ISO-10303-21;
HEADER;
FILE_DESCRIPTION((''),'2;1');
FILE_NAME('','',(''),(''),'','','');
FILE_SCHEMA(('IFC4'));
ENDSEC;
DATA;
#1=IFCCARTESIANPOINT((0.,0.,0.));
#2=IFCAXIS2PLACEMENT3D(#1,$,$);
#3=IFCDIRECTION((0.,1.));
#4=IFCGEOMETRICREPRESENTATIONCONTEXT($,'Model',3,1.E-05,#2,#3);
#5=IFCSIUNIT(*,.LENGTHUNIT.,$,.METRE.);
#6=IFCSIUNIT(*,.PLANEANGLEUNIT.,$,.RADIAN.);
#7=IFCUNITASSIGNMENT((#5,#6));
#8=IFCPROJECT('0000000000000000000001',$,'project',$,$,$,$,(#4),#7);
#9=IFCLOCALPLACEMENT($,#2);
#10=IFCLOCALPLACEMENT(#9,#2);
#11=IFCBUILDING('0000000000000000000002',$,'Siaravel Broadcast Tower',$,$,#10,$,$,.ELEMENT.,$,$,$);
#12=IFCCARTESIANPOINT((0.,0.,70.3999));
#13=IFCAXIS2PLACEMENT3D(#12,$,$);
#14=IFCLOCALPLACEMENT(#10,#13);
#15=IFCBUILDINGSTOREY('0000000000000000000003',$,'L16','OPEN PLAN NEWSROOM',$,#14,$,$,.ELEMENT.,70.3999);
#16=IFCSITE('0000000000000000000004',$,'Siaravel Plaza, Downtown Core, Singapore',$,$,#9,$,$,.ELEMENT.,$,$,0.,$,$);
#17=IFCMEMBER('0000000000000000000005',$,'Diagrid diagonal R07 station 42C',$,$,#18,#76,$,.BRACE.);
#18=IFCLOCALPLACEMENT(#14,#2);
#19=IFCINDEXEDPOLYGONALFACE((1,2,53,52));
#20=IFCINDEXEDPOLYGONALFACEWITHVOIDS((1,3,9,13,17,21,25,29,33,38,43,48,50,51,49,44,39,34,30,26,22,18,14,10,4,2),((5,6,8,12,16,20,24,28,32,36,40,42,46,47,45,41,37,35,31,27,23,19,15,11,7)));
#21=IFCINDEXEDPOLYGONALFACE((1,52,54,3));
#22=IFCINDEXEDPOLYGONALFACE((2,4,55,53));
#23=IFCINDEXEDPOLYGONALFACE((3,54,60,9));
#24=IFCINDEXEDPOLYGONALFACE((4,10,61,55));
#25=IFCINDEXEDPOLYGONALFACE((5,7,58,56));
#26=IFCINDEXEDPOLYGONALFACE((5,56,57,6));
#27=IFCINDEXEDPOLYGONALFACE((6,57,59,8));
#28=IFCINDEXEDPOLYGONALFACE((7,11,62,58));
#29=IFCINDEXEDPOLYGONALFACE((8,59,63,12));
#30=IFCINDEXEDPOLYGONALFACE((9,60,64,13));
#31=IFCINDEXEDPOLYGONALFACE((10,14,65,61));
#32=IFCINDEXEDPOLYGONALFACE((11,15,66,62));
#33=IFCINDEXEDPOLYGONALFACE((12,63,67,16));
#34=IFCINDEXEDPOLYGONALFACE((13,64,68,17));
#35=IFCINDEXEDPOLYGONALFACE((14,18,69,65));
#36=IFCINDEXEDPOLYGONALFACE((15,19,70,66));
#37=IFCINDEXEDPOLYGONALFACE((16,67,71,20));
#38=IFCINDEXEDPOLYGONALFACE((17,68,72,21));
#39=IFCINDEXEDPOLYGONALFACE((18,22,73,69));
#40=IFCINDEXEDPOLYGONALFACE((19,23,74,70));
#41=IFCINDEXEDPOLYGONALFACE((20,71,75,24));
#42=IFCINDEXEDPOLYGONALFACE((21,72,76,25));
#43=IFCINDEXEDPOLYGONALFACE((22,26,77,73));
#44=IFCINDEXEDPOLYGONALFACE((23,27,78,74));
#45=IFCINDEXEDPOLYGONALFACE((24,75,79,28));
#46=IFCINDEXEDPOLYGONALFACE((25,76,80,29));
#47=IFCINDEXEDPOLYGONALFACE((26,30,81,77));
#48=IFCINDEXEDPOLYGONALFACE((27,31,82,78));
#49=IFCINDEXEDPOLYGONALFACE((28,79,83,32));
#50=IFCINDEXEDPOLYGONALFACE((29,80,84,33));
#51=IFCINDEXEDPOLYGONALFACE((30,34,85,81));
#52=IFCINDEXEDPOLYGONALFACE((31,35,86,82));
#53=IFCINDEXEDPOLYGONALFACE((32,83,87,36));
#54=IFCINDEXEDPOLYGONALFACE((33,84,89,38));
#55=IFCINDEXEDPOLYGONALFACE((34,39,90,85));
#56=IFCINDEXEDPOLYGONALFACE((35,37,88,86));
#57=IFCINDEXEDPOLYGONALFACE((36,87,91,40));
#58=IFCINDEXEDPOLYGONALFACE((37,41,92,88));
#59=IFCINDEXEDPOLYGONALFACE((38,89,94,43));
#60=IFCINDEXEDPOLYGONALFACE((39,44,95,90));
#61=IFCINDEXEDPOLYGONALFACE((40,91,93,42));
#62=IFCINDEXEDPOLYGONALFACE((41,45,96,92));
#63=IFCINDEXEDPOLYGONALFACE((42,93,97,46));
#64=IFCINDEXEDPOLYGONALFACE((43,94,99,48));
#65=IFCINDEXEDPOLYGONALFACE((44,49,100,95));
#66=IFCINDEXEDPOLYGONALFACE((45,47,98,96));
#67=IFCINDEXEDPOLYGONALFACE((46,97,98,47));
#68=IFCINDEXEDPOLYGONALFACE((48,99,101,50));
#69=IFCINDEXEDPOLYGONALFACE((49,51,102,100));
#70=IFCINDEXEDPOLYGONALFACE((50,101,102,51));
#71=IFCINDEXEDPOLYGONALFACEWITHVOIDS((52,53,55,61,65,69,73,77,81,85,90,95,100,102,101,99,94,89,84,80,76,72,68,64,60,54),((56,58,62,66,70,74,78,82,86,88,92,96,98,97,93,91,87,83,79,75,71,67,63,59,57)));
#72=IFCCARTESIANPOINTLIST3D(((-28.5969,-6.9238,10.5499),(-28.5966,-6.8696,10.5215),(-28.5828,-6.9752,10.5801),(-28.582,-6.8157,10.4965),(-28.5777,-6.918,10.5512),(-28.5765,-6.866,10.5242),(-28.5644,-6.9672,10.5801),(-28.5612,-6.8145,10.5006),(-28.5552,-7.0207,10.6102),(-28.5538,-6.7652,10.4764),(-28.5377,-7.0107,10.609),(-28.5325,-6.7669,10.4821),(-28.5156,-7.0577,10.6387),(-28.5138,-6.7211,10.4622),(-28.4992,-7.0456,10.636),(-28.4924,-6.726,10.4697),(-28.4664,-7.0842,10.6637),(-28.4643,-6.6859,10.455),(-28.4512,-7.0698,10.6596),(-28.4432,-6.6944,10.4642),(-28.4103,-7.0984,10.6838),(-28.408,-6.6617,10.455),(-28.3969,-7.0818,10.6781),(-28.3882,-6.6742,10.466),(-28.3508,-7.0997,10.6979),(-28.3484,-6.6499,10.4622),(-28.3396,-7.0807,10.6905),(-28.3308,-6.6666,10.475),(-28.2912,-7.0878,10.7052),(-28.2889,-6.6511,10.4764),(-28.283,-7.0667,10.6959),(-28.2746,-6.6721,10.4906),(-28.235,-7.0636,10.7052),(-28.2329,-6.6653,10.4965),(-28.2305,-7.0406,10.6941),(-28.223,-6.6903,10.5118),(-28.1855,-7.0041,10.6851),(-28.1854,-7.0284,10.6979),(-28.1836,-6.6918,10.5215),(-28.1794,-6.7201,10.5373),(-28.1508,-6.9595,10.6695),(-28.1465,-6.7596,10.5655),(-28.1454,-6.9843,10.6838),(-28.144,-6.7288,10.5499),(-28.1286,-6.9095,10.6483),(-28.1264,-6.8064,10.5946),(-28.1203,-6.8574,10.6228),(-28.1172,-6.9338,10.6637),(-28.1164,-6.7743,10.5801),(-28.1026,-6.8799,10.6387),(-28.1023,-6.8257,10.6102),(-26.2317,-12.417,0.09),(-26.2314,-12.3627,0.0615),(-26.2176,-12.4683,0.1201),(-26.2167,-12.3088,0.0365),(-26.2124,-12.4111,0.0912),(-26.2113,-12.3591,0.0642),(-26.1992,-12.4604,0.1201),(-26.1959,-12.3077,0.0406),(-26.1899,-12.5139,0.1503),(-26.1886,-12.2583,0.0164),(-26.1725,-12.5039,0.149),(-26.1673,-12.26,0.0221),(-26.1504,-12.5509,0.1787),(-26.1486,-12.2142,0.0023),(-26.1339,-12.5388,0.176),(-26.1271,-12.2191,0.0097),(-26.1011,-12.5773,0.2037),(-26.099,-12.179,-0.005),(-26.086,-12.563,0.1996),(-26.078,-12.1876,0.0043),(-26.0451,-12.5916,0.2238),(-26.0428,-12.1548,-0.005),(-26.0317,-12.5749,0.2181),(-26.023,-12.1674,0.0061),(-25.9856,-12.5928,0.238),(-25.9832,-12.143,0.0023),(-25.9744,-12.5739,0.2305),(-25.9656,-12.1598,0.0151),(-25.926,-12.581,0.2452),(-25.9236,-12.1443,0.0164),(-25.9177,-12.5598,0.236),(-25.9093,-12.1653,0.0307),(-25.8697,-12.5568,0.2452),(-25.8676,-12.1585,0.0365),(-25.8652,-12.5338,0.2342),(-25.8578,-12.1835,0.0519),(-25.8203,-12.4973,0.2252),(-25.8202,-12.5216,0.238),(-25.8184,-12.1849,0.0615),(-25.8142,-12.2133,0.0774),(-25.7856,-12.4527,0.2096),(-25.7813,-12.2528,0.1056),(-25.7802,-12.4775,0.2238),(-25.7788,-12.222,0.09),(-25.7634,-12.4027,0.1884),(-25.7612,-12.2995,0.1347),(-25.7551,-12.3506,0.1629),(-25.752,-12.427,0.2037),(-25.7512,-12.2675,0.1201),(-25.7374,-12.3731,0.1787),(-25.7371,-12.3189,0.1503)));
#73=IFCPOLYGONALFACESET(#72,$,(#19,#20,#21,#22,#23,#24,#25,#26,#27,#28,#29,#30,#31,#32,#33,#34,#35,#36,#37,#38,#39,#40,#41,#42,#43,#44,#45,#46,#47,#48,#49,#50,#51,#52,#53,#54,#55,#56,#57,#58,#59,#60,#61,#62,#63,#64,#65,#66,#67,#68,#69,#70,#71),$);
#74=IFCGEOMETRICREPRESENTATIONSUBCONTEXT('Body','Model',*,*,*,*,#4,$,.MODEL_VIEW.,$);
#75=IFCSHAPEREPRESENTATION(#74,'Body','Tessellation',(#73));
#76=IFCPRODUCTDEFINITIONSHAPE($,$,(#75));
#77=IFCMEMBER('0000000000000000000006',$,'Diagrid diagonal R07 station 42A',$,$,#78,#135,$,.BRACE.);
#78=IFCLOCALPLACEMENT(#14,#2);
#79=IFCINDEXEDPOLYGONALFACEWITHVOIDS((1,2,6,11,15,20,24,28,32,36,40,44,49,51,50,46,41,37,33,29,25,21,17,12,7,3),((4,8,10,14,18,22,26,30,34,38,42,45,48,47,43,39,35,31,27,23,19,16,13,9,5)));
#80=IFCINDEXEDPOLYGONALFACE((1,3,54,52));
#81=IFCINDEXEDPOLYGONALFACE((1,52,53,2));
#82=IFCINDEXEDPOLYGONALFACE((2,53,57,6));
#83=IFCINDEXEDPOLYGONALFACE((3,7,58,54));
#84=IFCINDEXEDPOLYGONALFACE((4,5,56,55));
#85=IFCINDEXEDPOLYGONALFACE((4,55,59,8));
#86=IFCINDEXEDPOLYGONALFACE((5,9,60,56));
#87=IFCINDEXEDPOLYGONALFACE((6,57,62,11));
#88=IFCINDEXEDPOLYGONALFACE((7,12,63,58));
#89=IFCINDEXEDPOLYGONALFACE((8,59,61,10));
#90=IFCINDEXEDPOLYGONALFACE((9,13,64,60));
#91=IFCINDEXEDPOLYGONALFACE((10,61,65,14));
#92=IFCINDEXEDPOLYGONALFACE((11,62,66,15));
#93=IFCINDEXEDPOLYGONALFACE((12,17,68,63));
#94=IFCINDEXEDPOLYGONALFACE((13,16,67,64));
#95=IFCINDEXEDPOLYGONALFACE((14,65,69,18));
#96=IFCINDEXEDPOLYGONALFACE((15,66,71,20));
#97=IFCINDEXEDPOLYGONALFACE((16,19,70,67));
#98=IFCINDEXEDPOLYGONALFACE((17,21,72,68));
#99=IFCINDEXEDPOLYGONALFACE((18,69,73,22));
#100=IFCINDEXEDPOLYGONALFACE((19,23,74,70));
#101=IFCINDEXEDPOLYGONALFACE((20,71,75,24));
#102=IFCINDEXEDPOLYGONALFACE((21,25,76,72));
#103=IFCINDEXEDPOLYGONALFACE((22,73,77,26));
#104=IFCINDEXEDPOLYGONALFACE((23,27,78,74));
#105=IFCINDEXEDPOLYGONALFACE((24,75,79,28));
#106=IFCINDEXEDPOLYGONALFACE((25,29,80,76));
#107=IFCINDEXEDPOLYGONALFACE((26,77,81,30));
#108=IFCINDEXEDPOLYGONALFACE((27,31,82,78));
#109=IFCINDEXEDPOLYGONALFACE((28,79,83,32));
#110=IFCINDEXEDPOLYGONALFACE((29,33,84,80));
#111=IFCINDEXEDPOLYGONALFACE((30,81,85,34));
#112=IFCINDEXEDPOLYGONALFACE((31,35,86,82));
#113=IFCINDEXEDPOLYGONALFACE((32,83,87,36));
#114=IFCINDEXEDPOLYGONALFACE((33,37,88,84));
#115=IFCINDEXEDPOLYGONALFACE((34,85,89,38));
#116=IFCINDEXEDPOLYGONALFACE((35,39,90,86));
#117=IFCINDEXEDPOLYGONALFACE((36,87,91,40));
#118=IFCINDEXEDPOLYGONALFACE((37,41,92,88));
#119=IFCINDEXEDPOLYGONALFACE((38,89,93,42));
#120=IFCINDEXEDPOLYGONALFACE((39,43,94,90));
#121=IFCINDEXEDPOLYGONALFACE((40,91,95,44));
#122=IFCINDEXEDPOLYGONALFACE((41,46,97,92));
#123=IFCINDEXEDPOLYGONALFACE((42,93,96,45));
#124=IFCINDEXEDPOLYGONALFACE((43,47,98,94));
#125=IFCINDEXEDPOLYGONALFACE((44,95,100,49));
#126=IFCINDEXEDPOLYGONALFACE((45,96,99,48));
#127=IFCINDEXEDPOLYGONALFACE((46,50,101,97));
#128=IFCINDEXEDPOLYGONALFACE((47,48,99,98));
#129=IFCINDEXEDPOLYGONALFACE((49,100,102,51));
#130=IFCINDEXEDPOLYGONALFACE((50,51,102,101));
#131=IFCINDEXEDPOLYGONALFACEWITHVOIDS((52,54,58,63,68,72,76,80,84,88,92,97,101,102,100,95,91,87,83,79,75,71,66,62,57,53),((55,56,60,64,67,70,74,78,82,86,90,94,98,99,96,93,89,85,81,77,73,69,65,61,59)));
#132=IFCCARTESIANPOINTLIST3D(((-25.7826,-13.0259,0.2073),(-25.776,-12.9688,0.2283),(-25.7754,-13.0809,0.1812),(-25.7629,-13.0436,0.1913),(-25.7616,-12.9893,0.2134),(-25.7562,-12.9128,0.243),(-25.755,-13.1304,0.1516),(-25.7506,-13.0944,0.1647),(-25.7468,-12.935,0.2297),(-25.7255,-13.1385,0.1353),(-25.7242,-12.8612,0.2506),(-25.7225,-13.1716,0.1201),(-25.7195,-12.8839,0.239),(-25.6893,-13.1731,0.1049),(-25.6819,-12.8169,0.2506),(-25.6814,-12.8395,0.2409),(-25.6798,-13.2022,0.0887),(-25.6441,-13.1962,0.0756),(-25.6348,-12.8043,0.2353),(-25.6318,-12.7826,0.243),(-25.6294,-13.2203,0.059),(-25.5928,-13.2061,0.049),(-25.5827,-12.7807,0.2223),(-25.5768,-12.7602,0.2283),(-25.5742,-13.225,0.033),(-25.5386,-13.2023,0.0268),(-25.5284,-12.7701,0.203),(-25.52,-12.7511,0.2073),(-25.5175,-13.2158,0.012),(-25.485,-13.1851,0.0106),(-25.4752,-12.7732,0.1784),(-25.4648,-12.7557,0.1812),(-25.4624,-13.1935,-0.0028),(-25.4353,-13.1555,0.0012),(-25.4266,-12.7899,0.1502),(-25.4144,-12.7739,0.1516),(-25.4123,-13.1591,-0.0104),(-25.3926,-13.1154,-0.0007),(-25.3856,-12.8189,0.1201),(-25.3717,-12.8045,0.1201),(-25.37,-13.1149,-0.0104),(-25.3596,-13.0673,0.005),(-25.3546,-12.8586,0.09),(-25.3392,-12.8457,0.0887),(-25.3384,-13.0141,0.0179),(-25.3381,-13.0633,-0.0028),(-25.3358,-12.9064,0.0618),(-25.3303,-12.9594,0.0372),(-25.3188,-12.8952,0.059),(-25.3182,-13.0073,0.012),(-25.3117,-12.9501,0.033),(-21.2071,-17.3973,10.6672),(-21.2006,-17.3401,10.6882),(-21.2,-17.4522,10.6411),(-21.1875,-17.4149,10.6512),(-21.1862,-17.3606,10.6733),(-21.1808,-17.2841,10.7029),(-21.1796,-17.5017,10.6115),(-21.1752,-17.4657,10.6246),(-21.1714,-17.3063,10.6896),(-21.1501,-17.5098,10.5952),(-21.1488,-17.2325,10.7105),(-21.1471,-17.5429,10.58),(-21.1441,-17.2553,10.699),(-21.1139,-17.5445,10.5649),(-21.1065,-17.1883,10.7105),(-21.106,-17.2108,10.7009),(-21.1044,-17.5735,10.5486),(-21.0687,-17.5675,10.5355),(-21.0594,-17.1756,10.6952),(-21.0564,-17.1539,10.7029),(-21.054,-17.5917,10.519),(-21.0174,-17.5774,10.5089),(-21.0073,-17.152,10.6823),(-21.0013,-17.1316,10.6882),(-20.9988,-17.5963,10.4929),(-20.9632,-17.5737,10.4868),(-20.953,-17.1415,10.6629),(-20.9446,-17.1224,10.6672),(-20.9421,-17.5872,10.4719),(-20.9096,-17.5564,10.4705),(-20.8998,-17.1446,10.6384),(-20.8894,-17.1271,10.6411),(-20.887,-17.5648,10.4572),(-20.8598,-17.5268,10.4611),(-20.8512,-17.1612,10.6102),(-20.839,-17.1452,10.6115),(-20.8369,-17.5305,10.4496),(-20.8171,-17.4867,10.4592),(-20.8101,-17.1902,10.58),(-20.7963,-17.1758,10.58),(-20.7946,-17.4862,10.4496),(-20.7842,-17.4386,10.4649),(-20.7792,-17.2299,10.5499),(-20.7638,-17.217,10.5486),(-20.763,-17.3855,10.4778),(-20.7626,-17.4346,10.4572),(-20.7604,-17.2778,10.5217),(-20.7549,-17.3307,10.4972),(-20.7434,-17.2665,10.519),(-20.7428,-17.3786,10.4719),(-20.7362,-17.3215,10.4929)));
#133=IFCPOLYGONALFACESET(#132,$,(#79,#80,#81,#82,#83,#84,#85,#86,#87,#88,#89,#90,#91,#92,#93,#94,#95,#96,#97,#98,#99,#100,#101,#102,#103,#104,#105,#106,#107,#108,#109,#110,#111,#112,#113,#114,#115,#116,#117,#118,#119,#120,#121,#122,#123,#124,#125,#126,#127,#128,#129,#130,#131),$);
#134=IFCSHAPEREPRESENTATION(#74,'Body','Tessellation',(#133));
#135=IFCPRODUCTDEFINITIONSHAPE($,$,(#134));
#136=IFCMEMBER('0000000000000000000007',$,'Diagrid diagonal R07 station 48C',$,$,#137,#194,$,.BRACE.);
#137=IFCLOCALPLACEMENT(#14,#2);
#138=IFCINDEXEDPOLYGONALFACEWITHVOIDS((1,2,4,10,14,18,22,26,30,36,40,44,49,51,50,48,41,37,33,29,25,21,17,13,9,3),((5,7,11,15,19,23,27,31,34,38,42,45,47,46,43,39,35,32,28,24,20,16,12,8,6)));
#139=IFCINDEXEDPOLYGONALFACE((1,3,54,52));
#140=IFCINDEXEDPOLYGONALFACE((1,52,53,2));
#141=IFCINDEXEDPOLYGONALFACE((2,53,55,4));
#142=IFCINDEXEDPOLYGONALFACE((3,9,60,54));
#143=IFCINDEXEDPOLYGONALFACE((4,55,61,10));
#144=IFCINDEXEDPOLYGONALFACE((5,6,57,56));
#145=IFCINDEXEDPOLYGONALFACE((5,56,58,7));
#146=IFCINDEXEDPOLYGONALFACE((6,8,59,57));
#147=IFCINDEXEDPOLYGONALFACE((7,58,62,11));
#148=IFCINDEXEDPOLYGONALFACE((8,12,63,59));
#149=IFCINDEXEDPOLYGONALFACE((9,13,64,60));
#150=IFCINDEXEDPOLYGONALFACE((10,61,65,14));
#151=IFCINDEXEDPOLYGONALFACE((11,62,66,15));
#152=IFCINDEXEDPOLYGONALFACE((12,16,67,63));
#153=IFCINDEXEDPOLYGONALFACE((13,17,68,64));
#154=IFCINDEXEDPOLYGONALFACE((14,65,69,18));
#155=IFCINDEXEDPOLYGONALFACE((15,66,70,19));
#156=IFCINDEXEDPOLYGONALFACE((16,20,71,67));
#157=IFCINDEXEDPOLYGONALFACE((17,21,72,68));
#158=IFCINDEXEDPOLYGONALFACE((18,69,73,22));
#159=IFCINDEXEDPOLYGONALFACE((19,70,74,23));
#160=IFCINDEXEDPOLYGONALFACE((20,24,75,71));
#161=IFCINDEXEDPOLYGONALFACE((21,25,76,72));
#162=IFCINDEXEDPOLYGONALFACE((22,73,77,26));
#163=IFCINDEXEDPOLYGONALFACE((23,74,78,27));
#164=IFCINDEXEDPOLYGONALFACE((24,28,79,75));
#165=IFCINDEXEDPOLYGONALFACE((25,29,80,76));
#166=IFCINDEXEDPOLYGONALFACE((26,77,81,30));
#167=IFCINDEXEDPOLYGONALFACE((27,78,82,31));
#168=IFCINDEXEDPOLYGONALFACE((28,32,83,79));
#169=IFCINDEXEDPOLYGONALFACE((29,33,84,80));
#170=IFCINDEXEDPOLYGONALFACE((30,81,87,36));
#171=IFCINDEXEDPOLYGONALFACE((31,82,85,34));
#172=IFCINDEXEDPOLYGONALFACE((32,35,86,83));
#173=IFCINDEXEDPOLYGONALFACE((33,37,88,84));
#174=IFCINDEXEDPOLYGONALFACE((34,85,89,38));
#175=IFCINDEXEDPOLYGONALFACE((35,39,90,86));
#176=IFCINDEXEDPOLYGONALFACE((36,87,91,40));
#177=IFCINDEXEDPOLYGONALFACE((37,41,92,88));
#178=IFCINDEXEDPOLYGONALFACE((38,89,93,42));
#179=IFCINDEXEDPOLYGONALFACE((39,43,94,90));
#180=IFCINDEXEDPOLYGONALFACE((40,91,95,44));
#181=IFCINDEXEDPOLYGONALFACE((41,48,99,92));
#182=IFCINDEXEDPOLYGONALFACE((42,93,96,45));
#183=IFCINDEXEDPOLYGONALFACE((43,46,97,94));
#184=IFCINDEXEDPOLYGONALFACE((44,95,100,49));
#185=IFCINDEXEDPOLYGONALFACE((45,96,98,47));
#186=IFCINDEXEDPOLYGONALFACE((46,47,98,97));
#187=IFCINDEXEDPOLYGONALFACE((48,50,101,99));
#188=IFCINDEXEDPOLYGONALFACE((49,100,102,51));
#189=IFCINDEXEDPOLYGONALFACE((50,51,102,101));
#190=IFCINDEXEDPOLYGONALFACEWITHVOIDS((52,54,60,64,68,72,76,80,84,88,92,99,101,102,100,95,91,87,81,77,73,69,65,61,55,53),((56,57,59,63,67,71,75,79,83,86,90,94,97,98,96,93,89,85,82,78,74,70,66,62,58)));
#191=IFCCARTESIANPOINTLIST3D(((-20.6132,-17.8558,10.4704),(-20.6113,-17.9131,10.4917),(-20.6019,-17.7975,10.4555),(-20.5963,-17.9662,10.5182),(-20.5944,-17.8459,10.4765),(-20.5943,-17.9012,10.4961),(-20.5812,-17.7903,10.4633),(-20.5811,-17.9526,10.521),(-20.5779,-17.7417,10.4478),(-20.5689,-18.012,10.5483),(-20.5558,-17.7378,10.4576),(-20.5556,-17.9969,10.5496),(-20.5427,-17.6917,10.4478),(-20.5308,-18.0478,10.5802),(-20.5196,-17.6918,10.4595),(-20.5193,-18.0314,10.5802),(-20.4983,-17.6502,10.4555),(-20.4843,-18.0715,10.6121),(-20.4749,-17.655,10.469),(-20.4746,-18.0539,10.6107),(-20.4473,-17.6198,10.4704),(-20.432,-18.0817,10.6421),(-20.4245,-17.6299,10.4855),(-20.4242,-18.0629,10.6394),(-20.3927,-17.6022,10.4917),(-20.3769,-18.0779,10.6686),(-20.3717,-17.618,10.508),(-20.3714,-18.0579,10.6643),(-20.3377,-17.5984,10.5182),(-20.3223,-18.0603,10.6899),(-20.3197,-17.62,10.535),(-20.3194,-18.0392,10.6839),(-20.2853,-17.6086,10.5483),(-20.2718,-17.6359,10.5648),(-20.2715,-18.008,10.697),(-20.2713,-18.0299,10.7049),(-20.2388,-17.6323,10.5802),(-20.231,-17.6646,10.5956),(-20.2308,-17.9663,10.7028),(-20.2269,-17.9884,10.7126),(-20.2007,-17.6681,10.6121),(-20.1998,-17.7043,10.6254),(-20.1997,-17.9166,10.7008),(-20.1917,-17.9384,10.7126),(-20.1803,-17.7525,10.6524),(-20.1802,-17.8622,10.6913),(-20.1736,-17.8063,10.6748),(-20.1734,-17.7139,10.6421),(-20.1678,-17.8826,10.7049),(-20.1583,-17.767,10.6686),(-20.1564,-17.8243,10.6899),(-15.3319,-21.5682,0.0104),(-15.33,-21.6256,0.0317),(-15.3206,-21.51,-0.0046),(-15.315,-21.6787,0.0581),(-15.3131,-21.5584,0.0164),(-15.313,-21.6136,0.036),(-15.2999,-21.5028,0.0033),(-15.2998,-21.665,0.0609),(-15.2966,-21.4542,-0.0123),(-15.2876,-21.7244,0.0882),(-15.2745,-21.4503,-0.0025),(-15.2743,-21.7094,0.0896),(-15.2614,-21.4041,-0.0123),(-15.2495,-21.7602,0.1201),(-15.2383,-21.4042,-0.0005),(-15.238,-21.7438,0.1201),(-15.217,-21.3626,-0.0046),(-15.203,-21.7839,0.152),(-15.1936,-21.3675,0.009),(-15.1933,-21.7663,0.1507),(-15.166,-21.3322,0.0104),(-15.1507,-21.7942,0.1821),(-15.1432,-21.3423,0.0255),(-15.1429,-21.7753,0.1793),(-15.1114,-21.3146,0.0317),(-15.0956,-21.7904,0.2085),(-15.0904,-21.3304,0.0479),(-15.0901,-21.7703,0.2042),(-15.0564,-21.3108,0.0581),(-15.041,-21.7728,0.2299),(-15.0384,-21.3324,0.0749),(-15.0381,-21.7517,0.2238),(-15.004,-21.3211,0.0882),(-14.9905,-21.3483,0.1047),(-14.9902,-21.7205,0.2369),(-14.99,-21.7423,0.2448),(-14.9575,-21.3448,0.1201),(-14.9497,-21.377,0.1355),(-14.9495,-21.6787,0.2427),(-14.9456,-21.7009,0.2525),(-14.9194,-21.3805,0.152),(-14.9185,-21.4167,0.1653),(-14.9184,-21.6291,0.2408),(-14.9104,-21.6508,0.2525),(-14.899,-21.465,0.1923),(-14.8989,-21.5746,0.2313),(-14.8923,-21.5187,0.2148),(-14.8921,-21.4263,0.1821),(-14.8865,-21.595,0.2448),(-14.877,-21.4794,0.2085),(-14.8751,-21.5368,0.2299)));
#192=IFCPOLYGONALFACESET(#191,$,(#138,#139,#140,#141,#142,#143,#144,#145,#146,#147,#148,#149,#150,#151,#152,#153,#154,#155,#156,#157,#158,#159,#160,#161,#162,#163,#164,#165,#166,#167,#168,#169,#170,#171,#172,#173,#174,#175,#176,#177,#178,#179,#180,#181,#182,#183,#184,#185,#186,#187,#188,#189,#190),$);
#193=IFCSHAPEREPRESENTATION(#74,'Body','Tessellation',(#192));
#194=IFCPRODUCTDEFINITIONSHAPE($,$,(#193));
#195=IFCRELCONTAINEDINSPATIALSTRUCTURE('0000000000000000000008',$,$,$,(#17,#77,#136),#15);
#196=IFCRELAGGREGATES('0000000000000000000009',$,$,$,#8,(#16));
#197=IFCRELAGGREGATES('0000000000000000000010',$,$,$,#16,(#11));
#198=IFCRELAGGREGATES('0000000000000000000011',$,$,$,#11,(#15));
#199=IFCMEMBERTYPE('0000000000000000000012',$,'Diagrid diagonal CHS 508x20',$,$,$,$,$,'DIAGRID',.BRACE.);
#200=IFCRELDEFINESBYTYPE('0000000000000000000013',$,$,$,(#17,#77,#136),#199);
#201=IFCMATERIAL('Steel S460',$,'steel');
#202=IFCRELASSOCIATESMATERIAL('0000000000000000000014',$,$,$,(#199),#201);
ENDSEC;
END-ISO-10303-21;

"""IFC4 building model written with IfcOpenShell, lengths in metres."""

from ifc_helpers import new_model, si_unit, direction, frame, origin, origin_2d, place, context, subcontext, project, spatial, hollow_circle, extrude, material, material_profile, profile_set, type_object, element, save


model = new_model("IFC4")

# Units and contexts
model_context = context("Model", 3, precision=1e-05, world=origin(), true_north=direction((0.0, 1.0)))
body_context = subcontext(model_context, "Body", "Model", "MODEL_VIEW")
ifc_project = project(units=[si_unit("LENGTHUNIT", "METRE"), si_unit("PLANEANGLEUNIT", "RADIAN")], contexts=[model_context])

# Site, building, storey
site_placement = place(None, origin())
site = spatial("IfcSite", under=ifc_project, at=site_placement, Name="Siaravel Plaza, Downtown Core, Singapore", CompositionType="ELEMENT", RefElevation=0.0)
building_placement = place(site_placement, origin())
building = spatial("IfcBuilding", under=site, at=building_placement, Name="Siaravel Broadcast Tower", CompositionType="ELEMENT")
storey_placement = place(building_placement, frame((0.0, 0.0, 70.3999)))
storey = spatial("IfcBuildingStorey", under=building, at=storey_placement, Name="L16", Description="OPEN PLAN NEWSROOM", CompositionType="ELEMENT", Elevation=70.3999)

# Members
ifc_material_1 = material(Name="Steel S460", Category="steel")
ifc_material_profile_1 = material_profile(ifc_material_1, hollow_circle(Radius=0.2539, WallThickness=0.02, at=origin_2d()))
ifc_profile_set_1 = profile_set([ifc_material_profile_1], Name="Steel S460")
member_type_1 = type_object("IfcMemberType", Name="Diagrid diagonal CHS 508x20", ElementType="DIAGRID", PredefinedType="BRACE", material=ifc_profile_set_1)
member_1_placement = place(storey_placement, frame((-25.9844, -12.3679, 0.1201), z_axis=(-0.1963, 0.4559, 0.868114), x_axis=(-0.918476, -0.395476, 0.0)))
element("IfcMember", 1, at=member_1_placement, inside=storey, type_object=member_type_1, Name="Diagrid diagonal R07 station 42C", PredefinedType="BRACE", context=body_context, shape_type="SweptSolid", body=[
    extrude(hollow_circle(Radius=0.2539, WallThickness=0.02, at=origin_2d()), origin(), (0.0, 0.0, 1.0), 12.0491),
])
member_2_placement = place(storey_placement, frame((-25.5471, -12.988, 0.1201), z_axis=(0.374265, -0.35757, 0.855611), x_axis=(0.690796, 0.72305, 0.0)))
element("IfcMember", 2, at=member_2_placement, inside=storey, type_object=member_type_1, Name="Diagrid diagonal R07 station 42A", PredefinedType="BRACE", context=body_context, shape_type="SweptSolid", body=[
    extrude(hollow_circle(Radius=0.2539, WallThickness=0.02, at=origin_2d()), origin(), (0.0, 0.0, 1.0), 12.2251),
])
member_3_placement = place(storey_placement, frame((-15.1035, -21.5525, 0.1201), z_axis=(-0.429662, 0.302027, 0.850982), x_axis=(-0.575076, -0.8181, 0.0)))
element("IfcMember", 3, at=member_3_placement, inside=storey, type_object=member_type_1, Name="Diagrid diagonal R07 station 48C", PredefinedType="BRACE", context=body_context, shape_type="SweptSolid", body=[
    extrude(hollow_circle(Radius=0.2539, WallThickness=0.02, at=origin_2d()), origin(), (0.0, 0.0, 1.0), 12.2917),
])

save(model, "model.ifc")
